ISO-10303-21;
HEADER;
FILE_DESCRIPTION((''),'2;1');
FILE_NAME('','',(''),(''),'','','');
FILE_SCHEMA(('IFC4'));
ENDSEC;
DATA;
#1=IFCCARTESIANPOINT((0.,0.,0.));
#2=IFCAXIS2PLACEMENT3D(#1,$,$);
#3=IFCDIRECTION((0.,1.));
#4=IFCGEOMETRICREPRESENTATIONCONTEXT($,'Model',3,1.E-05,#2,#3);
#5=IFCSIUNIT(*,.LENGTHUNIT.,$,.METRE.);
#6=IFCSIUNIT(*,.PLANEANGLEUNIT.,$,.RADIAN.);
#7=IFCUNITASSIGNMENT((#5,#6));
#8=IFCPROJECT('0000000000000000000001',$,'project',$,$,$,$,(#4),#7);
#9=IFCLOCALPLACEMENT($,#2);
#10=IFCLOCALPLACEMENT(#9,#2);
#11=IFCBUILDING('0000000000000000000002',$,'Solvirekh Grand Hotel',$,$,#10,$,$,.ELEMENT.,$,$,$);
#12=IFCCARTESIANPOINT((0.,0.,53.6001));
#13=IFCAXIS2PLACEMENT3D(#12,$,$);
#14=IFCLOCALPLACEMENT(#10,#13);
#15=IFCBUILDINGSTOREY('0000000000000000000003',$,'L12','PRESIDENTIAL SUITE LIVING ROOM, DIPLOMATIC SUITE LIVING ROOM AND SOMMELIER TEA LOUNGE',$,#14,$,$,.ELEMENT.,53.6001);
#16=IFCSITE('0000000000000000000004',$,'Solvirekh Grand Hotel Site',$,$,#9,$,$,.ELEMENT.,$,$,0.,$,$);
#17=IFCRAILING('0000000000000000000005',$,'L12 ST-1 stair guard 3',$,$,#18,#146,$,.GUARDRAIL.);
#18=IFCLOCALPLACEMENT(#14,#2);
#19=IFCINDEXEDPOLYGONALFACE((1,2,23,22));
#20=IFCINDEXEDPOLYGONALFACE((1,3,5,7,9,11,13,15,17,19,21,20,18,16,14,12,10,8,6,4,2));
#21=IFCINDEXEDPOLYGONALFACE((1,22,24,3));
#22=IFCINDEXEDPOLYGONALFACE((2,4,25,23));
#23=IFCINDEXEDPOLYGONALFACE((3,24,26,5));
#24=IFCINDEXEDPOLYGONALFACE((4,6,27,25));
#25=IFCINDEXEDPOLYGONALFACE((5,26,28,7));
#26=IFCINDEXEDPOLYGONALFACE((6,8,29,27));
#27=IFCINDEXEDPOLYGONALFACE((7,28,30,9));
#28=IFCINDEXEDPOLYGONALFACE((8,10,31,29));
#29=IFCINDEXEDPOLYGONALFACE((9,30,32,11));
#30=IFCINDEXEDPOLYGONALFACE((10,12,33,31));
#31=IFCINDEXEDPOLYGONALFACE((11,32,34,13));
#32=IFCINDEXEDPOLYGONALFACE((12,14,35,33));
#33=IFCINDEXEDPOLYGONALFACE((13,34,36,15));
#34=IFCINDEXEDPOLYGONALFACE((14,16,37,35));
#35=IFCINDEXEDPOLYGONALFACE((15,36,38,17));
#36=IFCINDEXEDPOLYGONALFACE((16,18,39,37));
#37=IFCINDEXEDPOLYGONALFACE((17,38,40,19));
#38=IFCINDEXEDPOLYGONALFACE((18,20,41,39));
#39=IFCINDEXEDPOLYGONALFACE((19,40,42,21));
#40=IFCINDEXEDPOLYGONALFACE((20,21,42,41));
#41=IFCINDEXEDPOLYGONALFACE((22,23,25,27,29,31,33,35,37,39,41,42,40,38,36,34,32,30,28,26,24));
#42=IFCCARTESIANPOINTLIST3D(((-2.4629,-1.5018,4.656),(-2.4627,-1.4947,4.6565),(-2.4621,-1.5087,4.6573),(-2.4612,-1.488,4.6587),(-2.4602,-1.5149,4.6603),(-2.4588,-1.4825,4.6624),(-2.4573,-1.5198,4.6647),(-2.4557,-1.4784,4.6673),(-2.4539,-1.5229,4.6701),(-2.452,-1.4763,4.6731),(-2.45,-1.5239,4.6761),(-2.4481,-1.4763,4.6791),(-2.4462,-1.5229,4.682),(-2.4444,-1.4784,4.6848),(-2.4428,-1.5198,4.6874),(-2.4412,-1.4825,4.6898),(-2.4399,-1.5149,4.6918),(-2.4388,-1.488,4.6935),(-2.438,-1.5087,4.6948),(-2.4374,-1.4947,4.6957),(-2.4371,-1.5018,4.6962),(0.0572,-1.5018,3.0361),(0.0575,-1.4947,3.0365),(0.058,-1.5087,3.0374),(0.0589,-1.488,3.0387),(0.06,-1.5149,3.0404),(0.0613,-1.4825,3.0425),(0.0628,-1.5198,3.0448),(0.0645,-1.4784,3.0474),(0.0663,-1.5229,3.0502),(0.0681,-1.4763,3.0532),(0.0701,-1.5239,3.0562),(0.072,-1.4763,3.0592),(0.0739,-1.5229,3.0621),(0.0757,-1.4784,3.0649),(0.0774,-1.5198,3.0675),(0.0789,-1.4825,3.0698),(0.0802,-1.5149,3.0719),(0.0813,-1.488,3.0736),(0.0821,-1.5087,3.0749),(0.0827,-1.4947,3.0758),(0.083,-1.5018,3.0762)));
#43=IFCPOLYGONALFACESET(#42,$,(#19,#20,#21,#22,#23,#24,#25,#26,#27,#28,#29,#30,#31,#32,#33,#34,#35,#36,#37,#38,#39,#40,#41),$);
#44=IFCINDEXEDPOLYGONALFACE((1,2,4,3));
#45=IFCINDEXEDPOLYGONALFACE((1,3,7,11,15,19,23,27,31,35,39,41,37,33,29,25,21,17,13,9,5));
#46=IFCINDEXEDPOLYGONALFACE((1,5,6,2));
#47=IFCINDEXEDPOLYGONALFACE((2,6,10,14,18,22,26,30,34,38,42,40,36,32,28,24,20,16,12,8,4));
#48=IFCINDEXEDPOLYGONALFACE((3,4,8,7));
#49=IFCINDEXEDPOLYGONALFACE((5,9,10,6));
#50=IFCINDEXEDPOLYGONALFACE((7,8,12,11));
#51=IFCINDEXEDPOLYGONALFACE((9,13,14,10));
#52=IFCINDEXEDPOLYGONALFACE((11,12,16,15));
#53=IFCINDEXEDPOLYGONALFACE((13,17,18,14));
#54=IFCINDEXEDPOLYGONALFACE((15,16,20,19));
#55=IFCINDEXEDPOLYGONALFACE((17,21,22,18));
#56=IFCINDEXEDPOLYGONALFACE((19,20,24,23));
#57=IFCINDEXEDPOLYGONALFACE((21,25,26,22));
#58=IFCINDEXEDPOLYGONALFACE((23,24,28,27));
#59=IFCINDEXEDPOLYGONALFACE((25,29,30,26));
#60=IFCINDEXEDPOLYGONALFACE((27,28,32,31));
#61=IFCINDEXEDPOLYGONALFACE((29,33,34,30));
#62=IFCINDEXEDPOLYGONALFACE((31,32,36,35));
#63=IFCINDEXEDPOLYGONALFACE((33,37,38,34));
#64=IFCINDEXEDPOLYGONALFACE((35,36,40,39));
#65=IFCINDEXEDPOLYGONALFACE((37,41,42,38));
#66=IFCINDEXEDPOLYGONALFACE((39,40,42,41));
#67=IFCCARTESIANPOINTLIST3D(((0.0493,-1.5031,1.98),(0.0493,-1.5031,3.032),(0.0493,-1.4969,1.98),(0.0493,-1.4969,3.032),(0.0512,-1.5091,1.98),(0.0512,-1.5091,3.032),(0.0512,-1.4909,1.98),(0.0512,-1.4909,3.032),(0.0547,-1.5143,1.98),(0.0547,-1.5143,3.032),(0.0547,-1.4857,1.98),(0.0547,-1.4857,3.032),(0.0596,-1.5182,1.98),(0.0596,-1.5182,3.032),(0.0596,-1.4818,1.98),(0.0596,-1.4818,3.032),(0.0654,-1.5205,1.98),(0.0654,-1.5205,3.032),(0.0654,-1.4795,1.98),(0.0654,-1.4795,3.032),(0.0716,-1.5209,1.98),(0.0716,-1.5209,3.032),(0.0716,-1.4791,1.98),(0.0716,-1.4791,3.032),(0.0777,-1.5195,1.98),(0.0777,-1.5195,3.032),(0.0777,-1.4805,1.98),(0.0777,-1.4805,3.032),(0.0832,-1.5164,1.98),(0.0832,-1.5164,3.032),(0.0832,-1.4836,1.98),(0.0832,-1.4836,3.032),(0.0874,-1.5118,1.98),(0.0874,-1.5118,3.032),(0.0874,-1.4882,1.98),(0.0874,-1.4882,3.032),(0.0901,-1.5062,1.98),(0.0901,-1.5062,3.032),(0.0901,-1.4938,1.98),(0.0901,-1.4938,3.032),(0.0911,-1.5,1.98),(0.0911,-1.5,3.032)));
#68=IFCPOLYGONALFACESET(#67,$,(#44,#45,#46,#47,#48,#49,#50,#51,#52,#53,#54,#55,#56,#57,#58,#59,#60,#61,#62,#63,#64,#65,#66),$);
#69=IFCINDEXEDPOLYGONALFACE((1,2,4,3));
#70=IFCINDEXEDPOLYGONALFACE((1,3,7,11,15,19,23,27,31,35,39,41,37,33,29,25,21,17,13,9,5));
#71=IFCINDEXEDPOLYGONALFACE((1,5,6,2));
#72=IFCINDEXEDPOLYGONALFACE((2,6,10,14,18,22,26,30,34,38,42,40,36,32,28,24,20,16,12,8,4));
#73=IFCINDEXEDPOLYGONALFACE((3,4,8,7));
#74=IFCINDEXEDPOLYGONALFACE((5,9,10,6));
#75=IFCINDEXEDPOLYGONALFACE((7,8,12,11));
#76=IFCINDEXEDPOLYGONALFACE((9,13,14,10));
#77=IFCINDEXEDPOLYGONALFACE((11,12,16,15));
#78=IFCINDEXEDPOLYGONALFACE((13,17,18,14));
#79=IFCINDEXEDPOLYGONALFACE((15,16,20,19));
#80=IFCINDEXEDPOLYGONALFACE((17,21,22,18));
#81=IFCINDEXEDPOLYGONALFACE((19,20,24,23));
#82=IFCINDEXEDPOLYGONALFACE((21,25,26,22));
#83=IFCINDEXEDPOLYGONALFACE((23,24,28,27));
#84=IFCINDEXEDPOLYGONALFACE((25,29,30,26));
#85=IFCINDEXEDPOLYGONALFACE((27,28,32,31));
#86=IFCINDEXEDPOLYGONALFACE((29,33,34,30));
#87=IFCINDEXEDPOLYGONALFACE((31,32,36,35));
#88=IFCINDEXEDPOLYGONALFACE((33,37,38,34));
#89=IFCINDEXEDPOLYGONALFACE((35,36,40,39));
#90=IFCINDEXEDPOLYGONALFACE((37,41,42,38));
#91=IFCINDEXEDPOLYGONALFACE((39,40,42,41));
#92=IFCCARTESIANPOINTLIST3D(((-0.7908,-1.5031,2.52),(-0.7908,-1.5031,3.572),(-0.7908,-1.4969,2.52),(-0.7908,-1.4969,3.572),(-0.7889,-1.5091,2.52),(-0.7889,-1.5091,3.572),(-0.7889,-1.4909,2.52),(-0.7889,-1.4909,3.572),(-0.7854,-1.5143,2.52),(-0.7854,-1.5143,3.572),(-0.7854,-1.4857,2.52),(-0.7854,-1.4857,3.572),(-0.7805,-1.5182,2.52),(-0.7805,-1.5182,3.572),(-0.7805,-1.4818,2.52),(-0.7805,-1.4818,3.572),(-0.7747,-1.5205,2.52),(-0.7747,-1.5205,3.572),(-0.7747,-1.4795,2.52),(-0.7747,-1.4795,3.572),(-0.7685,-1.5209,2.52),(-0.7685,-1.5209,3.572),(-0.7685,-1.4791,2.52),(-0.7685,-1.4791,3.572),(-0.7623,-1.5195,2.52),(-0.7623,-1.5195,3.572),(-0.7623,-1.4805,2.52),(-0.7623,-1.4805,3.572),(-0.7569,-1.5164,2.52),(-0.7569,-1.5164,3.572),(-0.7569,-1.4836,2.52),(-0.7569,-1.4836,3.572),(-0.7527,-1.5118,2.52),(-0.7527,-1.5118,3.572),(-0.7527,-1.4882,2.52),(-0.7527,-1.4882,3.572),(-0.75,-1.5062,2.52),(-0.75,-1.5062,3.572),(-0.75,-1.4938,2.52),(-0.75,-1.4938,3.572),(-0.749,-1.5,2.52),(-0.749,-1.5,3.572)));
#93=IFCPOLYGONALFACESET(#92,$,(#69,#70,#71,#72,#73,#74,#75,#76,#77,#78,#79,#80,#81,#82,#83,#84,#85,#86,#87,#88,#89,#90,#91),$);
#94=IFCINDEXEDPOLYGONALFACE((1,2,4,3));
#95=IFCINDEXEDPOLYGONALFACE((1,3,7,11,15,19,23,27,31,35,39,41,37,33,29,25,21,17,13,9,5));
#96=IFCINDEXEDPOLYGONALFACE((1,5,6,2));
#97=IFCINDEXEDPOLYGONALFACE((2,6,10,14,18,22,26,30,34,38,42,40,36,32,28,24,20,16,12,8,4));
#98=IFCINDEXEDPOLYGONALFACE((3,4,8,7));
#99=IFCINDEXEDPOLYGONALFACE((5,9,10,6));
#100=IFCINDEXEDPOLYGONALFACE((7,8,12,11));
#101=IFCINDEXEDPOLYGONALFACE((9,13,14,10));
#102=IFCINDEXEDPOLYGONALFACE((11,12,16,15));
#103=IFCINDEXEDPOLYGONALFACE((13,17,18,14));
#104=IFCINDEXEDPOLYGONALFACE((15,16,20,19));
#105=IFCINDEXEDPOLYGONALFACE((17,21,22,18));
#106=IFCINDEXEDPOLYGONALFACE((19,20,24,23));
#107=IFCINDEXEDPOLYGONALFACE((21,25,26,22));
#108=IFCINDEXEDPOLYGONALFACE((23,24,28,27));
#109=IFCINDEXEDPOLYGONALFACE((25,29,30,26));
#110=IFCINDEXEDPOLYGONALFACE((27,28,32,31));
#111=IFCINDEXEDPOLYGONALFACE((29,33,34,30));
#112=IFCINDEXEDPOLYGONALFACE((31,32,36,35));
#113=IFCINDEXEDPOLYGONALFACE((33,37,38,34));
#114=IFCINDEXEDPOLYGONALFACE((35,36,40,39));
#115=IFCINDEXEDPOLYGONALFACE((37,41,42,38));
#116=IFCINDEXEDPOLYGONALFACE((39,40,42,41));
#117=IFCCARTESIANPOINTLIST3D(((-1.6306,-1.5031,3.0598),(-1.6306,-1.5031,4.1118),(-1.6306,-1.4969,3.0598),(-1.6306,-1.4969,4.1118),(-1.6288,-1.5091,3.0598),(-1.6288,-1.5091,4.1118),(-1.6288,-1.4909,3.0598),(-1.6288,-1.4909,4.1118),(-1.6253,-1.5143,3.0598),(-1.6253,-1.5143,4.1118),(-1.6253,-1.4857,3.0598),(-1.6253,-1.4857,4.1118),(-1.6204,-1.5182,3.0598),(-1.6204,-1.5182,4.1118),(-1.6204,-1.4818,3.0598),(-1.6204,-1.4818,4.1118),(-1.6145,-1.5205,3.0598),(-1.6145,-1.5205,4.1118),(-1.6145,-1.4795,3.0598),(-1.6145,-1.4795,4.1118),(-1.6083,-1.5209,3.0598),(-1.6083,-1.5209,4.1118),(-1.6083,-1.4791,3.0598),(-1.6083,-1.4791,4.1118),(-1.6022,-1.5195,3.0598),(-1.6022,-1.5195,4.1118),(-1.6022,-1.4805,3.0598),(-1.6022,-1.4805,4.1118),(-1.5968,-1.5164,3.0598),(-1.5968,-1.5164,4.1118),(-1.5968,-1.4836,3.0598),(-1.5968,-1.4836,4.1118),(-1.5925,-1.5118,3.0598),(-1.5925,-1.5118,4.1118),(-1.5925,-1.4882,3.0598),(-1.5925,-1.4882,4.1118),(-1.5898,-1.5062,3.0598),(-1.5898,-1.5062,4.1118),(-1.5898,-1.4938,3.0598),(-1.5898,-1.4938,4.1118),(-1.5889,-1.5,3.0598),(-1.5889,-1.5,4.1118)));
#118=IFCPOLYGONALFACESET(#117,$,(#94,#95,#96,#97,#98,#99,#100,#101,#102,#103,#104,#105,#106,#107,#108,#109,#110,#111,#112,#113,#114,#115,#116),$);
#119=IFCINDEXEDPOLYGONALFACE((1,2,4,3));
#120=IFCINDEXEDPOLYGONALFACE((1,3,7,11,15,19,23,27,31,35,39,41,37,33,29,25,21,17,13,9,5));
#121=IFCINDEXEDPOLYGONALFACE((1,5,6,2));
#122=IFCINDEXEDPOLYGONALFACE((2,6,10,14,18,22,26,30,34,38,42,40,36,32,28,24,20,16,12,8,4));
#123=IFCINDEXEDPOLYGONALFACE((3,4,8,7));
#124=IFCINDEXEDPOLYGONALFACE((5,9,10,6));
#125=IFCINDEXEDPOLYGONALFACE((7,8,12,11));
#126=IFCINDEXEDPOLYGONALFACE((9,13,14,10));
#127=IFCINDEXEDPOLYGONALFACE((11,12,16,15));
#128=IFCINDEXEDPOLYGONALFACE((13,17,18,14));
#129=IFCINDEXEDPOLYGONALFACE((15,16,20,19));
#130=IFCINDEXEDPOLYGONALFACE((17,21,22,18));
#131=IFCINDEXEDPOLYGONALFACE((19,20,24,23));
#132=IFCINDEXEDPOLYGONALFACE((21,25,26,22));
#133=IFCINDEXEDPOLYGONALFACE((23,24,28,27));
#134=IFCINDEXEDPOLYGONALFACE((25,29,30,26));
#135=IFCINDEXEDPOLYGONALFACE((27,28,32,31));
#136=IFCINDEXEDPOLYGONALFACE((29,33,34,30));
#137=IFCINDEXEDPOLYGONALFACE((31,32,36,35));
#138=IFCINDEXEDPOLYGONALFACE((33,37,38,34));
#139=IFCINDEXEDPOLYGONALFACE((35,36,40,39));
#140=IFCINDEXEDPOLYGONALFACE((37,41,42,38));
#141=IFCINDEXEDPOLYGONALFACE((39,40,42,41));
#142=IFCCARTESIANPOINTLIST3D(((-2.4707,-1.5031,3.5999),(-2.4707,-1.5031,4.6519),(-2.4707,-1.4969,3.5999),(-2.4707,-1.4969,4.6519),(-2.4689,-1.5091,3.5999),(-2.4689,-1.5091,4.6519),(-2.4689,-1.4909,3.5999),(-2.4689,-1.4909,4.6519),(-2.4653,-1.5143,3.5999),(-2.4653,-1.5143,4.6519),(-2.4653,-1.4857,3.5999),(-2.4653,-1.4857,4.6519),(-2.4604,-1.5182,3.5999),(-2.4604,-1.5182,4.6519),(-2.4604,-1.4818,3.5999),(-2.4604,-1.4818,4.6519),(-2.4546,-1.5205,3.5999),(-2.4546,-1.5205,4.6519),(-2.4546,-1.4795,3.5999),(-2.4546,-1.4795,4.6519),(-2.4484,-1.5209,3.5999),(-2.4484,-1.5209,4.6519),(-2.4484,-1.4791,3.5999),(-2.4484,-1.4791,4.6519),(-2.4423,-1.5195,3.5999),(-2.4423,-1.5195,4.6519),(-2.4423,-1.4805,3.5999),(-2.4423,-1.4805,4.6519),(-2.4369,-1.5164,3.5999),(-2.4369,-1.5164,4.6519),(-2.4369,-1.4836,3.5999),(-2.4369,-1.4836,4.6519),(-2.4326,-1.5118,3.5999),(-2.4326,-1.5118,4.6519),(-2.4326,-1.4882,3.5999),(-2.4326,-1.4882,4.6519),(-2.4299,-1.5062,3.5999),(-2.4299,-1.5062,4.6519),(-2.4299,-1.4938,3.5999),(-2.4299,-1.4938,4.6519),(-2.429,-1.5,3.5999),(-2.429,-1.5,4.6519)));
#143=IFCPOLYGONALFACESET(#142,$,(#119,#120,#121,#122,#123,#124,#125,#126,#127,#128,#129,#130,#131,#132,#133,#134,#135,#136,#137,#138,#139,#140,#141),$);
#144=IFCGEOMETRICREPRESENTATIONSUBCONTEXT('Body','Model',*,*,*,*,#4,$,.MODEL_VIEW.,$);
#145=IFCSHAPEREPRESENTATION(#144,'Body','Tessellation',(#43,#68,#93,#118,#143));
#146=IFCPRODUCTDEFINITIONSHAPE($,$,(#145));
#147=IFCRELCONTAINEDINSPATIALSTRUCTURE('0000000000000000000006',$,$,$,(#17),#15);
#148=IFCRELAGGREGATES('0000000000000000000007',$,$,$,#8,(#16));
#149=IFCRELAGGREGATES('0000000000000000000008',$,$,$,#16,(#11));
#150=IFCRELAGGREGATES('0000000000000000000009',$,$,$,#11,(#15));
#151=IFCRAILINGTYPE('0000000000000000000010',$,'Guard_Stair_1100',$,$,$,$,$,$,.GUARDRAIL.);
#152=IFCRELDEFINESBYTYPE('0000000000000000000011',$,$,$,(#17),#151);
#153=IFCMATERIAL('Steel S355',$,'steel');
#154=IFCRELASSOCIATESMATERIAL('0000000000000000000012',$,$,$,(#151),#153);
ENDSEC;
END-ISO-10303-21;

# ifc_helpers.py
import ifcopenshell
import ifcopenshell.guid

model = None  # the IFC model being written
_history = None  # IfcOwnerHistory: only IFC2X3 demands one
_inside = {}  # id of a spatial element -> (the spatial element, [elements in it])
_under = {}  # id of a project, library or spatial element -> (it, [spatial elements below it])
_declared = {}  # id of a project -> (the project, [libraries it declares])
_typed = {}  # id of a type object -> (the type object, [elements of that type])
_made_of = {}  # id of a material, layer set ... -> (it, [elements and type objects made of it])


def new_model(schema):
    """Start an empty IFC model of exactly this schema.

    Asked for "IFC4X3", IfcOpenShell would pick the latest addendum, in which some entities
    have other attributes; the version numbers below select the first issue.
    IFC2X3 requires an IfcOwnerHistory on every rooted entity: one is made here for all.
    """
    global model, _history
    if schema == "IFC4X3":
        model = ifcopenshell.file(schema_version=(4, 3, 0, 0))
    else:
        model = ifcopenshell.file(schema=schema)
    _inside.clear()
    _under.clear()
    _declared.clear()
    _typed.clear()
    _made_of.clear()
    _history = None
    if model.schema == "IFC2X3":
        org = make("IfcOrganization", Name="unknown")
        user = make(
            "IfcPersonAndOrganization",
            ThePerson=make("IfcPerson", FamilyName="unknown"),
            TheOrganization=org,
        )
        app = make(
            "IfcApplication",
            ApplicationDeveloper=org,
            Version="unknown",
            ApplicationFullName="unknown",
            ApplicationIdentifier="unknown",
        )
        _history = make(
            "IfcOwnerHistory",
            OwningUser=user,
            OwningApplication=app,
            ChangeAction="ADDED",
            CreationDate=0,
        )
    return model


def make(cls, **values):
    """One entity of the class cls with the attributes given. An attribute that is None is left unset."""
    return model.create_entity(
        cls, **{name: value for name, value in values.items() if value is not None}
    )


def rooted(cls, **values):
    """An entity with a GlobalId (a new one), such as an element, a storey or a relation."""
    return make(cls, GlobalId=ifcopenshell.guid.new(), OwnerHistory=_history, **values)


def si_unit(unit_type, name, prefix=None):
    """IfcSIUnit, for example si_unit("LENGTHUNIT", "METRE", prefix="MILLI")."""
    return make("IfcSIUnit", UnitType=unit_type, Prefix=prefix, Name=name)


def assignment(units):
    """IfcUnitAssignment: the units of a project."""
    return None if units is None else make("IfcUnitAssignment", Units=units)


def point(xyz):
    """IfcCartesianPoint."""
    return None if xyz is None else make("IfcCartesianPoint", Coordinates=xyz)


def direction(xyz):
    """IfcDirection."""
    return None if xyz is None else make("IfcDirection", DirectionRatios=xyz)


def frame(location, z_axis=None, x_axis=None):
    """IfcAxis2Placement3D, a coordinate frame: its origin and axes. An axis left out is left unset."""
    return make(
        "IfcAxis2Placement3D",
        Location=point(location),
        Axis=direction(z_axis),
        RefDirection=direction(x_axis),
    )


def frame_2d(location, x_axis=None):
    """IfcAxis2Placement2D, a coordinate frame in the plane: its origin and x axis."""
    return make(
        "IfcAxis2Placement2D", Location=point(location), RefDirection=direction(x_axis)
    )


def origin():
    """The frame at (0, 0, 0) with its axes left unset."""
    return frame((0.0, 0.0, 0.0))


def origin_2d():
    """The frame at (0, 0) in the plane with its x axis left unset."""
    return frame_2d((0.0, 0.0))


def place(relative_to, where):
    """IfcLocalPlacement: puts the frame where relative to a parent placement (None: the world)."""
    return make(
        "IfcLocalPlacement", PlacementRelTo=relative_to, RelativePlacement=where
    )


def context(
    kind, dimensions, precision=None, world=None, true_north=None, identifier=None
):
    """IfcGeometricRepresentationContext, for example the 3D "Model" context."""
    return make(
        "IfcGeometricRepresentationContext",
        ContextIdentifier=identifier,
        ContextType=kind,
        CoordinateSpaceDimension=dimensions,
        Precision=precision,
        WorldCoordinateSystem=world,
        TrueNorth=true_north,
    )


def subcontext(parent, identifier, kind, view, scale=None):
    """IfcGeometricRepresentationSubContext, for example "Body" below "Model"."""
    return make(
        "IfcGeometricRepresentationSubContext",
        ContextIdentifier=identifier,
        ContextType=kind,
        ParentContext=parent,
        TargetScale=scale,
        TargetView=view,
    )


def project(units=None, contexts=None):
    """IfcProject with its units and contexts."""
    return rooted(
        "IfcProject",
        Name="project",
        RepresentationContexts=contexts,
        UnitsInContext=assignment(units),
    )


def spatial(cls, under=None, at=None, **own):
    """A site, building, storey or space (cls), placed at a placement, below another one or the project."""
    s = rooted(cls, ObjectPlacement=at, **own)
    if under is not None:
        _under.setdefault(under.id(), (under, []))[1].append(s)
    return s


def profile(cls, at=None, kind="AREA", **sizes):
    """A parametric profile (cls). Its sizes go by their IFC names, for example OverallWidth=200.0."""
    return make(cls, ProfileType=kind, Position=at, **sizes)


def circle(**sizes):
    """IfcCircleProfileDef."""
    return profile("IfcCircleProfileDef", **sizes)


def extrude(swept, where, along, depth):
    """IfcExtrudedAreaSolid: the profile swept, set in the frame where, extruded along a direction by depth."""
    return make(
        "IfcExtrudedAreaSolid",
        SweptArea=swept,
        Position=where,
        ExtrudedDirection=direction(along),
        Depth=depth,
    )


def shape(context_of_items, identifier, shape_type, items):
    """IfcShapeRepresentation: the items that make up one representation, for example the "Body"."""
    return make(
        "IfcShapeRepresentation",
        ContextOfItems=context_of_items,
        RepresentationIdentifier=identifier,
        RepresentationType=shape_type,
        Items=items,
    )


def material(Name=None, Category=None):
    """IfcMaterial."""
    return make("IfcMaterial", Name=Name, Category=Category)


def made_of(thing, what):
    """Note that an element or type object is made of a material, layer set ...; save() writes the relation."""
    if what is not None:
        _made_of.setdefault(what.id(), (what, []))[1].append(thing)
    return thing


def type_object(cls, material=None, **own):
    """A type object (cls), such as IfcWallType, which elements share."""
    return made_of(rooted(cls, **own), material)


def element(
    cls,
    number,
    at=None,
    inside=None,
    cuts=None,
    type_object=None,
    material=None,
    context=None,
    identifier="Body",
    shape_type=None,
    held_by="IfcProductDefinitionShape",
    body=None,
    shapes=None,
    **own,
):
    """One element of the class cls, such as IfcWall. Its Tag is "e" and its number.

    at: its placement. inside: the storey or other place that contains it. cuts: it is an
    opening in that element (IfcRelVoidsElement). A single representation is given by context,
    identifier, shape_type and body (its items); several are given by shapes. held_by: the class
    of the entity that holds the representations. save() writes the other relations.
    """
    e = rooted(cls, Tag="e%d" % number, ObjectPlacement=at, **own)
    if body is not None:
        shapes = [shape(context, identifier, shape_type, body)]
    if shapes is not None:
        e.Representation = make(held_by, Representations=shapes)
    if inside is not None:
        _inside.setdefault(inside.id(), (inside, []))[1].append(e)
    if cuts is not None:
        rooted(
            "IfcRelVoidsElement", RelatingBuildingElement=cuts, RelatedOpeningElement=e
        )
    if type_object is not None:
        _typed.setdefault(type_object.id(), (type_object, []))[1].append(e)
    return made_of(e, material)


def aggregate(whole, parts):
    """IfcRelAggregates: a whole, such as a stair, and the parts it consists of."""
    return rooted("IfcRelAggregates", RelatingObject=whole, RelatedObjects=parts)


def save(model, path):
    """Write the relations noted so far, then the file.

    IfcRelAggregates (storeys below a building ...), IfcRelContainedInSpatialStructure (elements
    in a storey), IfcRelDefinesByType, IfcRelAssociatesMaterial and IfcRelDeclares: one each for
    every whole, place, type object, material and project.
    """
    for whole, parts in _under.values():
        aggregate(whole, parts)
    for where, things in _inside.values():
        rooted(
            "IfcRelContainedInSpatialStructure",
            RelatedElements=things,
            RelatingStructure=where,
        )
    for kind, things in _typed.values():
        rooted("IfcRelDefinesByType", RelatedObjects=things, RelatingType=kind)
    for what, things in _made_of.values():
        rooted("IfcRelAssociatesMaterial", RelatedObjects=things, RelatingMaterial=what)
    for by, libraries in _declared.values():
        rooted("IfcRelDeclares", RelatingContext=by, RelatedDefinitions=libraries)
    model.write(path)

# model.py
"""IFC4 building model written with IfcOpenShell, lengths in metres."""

from ifc_helpers import new_model, si_unit, direction, frame, origin, origin_2d, place, context, subcontext, project, spatial, circle, extrude, material, type_object, element, save


model = new_model("IFC4")

# Units and contexts
model_context = context("Model", 3, precision=1e-05, world=origin(), true_north=direction((0.0, 1.0)))
body_context = subcontext(model_context, "Body", "Model", "MODEL_VIEW")
ifc_project = project(units=[si_unit("LENGTHUNIT", "METRE"), si_unit("PLANEANGLEUNIT", "RADIAN")], contexts=[model_context])

# Site, building, storey
site_placement = place(None, origin())
site = spatial("IfcSite", under=ifc_project, at=site_placement, Name="Solvirekh Grand Hotel Site", CompositionType="ELEMENT", RefElevation=0.0)
building_placement = place(site_placement, origin())
building = spatial("IfcBuilding", under=site, at=building_placement, Name="Solvirekh Grand Hotel", CompositionType="ELEMENT")
storey_placement = place(building_placement, frame((0.0, 0.0, 53.6001)))
storey = spatial("IfcBuildingStorey", under=building, at=storey_placement, Name="L12", Description="PRESIDENTIAL SUITE LIVING ROOM, DIPLOMATIC SUITE LIVING ROOM AND SOMMELIER TEA LOUNGE", CompositionType="ELEMENT", Elevation=53.6001)

# Shared definitions
ifc_material_1 = material(Name="Steel S355", Category="steel")

# Railing
railing_type_1 = type_object("IfcRailingType", Name="Guard_Stair_1100", PredefinedType="GUARDRAIL", material=ifc_material_1)
railing_1_placement = place(storey_placement, frame((0.0701, -1.5, 1.98)))
element("IfcRailing", 1, at=railing_1_placement, inside=storey, type_object=railing_type_1, Name="L12 ST-1 stair guard 3", PredefinedType="GUARDRAIL", context=body_context, shape_type="SweptSolid", body=[
    extrude(circle(Radius=0.0239, at=origin_2d()), frame((0.0, 0.0, 1.0762), z_axis=(-0.8412, 0.0, 0.540725), x_axis=(0.0, -1.0, 0.0)), (0.0, 0.0, 1.0), 2.9958),
    extrude(circle(Radius=0.021, at=origin_2d()), origin(), (0.0, 0.0, 1.0), 1.052),
    extrude(circle(Radius=0.021, at=origin_2d()), frame((-0.8401, 0.0, 0.54)), (0.0, 0.0, 1.0), 1.052),
    extrude(circle(Radius=0.021, at=origin_2d()), frame((-1.6799, 0.0, 1.0798)), (0.0, 0.0, 1.0), 1.052),
    extrude(circle(Radius=0.021, at=origin_2d()), frame((-2.52, 0.0, 1.6199)), (0.0, 0.0, 1.0), 1.052),
])

save(model, "model.ifc")
